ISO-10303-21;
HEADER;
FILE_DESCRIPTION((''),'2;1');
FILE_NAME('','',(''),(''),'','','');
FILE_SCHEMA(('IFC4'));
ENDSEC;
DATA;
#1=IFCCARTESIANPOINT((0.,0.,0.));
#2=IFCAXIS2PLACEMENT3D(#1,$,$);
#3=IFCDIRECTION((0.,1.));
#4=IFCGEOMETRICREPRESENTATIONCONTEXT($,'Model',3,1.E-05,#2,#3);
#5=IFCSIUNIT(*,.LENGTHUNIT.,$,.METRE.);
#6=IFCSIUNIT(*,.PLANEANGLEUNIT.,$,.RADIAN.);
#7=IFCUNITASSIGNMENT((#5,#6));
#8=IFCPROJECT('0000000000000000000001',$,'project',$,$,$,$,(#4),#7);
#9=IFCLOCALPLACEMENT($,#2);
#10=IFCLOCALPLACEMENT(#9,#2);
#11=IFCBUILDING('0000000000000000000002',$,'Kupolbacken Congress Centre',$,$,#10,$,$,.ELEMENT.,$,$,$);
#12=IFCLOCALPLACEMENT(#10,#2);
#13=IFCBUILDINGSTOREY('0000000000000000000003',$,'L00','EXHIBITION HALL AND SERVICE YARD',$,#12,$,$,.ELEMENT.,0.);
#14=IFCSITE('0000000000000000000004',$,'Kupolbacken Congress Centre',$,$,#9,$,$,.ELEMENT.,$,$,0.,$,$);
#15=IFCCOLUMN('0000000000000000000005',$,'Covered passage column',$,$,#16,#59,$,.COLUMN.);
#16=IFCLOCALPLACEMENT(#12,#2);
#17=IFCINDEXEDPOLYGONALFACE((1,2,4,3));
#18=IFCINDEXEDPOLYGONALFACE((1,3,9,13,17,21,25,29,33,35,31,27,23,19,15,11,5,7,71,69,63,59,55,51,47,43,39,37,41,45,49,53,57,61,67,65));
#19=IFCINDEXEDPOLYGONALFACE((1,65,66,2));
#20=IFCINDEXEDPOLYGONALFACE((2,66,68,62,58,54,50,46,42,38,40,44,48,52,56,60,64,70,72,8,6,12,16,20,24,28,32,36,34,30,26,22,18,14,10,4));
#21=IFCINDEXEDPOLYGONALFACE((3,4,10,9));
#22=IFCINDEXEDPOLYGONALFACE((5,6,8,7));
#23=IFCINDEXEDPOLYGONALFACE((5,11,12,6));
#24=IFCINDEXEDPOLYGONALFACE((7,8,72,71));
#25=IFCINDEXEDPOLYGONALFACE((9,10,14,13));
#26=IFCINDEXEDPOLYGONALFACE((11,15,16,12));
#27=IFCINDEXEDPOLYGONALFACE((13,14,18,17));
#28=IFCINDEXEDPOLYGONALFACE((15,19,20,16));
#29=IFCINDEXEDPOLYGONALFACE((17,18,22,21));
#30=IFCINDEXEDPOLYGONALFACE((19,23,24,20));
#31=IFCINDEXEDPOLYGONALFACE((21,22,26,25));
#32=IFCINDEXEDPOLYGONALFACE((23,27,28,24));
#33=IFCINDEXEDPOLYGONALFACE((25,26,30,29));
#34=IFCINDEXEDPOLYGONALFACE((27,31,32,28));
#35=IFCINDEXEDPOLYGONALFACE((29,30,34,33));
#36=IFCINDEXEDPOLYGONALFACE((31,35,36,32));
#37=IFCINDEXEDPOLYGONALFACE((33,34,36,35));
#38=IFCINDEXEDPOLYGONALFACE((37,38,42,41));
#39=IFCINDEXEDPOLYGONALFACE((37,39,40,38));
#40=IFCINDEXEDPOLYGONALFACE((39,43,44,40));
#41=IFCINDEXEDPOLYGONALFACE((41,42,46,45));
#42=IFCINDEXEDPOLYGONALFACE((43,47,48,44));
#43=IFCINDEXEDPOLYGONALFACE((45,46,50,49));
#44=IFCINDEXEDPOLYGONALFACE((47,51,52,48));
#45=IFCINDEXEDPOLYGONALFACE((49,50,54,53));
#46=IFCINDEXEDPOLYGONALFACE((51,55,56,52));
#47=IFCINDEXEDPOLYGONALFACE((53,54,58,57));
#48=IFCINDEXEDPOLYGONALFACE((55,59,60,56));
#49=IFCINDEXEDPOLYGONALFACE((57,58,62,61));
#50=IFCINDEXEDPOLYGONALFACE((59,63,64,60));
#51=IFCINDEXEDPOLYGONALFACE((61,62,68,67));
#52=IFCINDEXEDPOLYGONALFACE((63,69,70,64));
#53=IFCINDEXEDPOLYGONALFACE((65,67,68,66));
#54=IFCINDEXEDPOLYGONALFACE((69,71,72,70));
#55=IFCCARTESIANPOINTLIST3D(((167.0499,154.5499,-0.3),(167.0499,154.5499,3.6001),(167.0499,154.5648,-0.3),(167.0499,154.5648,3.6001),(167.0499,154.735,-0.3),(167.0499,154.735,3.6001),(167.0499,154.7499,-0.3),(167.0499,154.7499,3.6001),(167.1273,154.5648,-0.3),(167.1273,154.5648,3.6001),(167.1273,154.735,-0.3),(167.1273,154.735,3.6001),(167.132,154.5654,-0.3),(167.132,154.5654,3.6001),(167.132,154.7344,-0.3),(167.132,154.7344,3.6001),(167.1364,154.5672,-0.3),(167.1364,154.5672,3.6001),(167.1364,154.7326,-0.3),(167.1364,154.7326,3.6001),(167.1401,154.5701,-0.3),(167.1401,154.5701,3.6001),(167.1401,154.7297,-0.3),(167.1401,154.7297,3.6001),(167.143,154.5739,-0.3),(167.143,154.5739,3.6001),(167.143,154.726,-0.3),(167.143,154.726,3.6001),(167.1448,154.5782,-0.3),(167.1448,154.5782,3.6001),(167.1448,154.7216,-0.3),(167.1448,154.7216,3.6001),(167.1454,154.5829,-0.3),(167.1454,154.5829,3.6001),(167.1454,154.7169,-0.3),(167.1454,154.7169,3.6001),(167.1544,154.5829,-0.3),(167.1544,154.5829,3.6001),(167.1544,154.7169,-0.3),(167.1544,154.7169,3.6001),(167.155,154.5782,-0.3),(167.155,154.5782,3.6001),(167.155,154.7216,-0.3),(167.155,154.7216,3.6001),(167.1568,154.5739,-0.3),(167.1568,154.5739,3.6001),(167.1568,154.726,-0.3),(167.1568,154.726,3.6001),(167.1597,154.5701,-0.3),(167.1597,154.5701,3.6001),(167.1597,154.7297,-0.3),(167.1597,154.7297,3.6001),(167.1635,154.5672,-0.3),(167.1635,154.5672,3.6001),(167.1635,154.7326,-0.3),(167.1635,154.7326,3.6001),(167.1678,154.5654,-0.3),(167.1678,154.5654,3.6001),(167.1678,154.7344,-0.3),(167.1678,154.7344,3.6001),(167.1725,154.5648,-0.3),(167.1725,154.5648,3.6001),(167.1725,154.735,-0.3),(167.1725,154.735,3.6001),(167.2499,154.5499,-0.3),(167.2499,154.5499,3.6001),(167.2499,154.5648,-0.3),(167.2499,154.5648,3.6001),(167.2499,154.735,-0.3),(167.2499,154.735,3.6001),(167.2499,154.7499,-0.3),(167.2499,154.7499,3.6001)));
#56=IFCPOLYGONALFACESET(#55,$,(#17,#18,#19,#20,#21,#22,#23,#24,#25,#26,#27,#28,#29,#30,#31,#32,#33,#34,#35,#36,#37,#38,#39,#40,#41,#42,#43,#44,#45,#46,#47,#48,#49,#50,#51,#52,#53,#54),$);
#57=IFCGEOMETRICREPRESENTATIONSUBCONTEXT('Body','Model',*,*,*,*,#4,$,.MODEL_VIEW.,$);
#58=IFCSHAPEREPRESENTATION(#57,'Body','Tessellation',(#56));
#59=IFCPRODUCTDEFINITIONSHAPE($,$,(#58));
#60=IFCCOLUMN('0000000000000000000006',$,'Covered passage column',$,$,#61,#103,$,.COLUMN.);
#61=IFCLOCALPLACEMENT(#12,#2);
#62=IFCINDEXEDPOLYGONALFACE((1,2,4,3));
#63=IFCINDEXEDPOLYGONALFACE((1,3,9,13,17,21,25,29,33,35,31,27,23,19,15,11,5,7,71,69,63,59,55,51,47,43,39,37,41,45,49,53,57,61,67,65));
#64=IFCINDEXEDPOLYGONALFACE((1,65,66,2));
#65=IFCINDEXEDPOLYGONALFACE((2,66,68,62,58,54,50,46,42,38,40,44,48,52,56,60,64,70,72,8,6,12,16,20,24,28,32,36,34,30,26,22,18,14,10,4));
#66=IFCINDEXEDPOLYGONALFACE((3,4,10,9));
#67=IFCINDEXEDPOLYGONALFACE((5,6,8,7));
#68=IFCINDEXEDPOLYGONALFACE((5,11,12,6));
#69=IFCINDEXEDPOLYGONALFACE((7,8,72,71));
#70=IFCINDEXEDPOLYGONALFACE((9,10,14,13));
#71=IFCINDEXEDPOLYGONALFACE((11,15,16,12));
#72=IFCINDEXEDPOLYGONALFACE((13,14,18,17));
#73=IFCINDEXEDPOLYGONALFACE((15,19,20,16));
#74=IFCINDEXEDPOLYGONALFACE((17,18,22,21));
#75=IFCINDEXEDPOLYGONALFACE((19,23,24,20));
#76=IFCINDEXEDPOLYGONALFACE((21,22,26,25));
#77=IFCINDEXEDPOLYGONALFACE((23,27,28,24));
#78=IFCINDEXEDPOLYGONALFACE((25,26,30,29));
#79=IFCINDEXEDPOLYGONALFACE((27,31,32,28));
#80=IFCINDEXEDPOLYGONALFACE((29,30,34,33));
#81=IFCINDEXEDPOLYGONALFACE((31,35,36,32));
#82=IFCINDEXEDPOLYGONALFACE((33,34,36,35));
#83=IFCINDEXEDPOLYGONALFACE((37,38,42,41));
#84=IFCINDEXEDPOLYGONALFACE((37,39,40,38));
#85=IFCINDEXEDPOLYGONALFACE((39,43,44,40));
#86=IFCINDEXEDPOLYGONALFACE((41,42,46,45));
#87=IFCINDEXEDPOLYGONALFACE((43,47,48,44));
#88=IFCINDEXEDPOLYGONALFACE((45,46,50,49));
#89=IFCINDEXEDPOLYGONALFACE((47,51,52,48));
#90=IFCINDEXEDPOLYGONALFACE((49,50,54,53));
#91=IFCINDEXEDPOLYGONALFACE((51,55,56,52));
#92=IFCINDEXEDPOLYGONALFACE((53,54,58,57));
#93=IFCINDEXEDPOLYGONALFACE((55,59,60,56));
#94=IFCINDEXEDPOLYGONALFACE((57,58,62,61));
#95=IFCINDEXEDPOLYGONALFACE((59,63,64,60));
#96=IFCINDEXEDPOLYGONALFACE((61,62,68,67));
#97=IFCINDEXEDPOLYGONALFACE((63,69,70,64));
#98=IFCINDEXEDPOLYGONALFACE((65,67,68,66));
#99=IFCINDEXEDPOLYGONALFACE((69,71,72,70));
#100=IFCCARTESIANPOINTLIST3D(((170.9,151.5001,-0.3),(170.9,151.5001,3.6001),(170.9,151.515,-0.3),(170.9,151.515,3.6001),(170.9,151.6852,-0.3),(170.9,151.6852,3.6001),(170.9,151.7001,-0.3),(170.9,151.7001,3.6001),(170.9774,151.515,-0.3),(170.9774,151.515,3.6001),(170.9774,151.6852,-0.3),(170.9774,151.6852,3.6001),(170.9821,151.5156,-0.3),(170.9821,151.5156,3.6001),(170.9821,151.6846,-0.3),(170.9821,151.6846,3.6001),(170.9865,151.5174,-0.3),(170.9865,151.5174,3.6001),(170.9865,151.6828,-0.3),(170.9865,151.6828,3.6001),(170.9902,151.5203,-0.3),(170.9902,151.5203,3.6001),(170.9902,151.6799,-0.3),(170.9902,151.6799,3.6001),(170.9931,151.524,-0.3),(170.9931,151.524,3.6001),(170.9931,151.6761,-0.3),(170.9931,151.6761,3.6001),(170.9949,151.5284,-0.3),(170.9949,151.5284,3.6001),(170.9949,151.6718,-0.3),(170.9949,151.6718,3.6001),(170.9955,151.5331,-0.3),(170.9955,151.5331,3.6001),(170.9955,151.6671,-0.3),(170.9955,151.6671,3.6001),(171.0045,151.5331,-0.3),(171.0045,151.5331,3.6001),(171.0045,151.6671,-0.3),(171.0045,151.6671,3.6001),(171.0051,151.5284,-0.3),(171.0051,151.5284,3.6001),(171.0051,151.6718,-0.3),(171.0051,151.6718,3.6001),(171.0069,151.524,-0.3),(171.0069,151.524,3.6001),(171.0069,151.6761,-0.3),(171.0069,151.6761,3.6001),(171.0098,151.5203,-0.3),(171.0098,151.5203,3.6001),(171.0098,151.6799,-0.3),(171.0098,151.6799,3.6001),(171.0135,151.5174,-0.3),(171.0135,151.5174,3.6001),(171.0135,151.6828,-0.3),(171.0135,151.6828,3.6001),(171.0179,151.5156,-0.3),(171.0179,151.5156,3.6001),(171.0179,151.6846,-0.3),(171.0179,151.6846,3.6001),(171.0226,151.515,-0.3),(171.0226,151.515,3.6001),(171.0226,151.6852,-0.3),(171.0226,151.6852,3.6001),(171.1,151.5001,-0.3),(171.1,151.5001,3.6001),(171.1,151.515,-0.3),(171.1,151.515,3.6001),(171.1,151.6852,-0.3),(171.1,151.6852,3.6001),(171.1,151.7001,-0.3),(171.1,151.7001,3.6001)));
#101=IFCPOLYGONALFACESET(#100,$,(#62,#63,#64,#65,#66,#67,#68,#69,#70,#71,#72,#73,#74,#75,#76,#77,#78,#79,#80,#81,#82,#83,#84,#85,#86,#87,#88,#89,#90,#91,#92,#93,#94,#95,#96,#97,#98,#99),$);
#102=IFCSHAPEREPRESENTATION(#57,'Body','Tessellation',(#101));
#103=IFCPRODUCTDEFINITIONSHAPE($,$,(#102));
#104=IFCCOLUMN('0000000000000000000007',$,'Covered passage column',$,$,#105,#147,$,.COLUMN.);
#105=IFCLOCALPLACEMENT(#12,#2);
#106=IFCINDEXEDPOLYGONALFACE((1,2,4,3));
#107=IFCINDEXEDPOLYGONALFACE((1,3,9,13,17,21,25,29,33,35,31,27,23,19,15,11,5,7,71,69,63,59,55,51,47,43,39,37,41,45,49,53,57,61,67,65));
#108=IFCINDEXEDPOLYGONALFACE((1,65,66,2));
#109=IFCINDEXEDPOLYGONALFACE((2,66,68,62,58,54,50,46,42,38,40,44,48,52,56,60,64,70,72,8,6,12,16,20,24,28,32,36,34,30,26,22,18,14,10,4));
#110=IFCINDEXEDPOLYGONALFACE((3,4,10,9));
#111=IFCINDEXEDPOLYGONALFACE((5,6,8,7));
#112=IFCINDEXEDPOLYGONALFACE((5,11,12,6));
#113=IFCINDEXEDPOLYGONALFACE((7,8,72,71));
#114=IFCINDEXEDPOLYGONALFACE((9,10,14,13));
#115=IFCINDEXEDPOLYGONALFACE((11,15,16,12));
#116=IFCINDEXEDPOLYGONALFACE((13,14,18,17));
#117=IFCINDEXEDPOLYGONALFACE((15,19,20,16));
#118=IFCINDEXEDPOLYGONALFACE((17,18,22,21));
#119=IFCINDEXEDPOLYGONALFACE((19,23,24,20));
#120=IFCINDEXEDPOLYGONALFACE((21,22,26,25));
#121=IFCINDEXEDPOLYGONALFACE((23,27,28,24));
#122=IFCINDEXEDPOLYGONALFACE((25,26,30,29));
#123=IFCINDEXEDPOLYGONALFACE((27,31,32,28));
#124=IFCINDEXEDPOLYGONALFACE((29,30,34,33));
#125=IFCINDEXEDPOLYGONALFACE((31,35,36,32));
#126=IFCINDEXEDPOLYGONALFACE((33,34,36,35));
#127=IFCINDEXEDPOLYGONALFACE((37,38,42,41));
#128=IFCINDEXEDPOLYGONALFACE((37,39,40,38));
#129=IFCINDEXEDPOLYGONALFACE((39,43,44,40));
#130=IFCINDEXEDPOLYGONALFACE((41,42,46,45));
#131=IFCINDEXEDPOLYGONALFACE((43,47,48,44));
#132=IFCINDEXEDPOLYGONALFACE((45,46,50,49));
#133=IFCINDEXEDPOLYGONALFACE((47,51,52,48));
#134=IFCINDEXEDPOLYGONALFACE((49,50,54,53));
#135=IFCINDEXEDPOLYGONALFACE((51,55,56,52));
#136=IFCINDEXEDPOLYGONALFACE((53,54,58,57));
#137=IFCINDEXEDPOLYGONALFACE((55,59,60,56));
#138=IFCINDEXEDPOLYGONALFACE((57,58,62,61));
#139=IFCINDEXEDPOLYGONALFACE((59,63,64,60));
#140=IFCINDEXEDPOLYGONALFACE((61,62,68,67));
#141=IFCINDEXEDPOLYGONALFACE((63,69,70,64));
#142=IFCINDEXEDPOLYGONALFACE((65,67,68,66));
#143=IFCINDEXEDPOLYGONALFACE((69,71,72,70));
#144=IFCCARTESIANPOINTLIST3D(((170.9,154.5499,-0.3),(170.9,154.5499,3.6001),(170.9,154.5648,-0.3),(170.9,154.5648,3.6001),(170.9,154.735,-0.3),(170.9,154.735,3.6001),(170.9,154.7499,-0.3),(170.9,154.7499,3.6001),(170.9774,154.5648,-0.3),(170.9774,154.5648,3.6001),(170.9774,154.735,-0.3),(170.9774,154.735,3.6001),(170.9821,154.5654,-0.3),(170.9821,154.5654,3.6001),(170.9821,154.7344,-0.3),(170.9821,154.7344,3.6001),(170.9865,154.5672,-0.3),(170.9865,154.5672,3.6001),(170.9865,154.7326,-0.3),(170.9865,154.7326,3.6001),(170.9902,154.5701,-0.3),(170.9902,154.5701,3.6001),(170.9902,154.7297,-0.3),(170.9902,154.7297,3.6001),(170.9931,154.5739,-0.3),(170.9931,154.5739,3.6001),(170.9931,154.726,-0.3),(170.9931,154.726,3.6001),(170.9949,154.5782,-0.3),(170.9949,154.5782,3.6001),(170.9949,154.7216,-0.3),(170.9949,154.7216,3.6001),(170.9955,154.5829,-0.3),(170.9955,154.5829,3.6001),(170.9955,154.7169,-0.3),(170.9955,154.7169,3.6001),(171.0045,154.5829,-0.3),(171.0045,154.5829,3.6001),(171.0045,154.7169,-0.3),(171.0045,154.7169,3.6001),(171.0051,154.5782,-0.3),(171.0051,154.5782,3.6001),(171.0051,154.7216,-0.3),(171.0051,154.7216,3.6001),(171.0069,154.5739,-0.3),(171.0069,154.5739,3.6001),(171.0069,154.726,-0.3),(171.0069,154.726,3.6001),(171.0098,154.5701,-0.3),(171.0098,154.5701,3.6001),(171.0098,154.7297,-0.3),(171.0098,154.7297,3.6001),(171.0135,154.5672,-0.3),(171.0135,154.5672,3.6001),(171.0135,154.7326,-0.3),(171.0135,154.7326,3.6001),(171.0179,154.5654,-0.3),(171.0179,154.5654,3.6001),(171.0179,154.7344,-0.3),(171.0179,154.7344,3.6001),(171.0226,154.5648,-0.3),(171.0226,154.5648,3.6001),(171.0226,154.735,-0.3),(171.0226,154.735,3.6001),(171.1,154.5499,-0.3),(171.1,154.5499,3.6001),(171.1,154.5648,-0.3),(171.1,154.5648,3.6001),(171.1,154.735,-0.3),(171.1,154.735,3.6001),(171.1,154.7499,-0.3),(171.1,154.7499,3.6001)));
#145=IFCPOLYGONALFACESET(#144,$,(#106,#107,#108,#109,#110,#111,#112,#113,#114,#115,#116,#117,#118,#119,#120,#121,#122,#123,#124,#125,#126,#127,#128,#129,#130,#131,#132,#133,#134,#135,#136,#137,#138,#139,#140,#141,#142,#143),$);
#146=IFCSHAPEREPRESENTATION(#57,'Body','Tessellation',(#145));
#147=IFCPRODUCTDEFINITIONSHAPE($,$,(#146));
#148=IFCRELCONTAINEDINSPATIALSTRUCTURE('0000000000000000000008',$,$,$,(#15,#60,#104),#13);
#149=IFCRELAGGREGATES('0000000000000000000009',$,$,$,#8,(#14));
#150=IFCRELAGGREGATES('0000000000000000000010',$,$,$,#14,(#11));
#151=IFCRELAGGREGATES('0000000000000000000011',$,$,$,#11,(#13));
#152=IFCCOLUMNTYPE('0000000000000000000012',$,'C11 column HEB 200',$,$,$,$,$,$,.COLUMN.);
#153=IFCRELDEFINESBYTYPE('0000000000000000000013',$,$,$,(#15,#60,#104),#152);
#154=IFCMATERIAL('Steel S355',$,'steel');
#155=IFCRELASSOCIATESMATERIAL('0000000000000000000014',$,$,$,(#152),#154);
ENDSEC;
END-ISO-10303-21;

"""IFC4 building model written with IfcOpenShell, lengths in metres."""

from ifc_helpers import new_model, si_unit, direction, frame, origin, origin_2d, place, context, subcontext, project, spatial, i_section, extrude, material, material_profile, profile_set, type_object, element, save


model = new_model("IFC4")

# Units and contexts
model_context = context("Model", 3, precision=1e-05, world=origin(), true_north=direction((0.0, 1.0)))
body_context = subcontext(model_context, "Body", "Model", "MODEL_VIEW")
ifc_project = project(units=[si_unit("LENGTHUNIT", "METRE"), si_unit("PLANEANGLEUNIT", "RADIAN")], contexts=[model_context])

# Site, building, storey
site_placement = place(None, origin())
site = spatial("IfcSite", under=ifc_project, at=site_placement, Name="Kupolbacken Congress Centre", CompositionType="ELEMENT", RefElevation=0.0)
building_placement = place(site_placement, origin())
building = spatial("IfcBuilding", under=site, at=building_placement, Name="Kupolbacken Congress Centre", CompositionType="ELEMENT")
storey_placement = place(building_placement, origin())
storey = spatial("IfcBuildingStorey", under=building, at=storey_placement, Name="L00", Description="EXHIBITION HALL AND SERVICE YARD", CompositionType="ELEMENT", Elevation=0.0)

# Columns
ifc_material_1 = material(Name="Steel S355", Category="steel")
ifc_material_profile_1 = material_profile(ifc_material_1, i_section(OverallWidth=0.2, OverallDepth=0.2, WebThickness=0.009, FlangeThickness=0.0149, FilletRadius=0.0181, at=origin_2d()), Name="HEB 200")
ifc_profile_set_1 = profile_set([ifc_material_profile_1], Name="Steel S355")
column_type_1 = type_object("IfcColumnType", Name="C11 column HEB 200", PredefinedType="COLUMN", material=ifc_profile_set_1)
for number, where, z_axis, x_axis, name in (
    (1, (167.1499, 154.6499, -0.3), (0.0, 0.0, 1.0), (1.0, 0.0, 0.0), "Covered passage column"),
    (2, (171.0, 151.6001, -0.3), (0.0, 0.0, 1.0), (1.0, 0.0, 0.0), "Covered passage column"),
    (3, (171.0, 154.6499, -0.3), (0.0, 0.0, 1.0), (1.0, 0.0, 0.0), "Covered passage column"),
):
    element("IfcColumn", number, at=place(storey_placement, frame(where, z_axis=z_axis, x_axis=x_axis)), inside=storey, type_object=column_type_1, Name=name, PredefinedType="COLUMN", context=body_context, shape_type="SweptSolid", body=[
        extrude(i_section(OverallWidth=0.2, OverallDepth=0.2, WebThickness=0.009, FlangeThickness=0.0149, FilletRadius=0.0181, at=origin_2d()), origin(), (0.0, 0.0, 1.0), 3.9001),
    ])

save(model, "model.ifc")
